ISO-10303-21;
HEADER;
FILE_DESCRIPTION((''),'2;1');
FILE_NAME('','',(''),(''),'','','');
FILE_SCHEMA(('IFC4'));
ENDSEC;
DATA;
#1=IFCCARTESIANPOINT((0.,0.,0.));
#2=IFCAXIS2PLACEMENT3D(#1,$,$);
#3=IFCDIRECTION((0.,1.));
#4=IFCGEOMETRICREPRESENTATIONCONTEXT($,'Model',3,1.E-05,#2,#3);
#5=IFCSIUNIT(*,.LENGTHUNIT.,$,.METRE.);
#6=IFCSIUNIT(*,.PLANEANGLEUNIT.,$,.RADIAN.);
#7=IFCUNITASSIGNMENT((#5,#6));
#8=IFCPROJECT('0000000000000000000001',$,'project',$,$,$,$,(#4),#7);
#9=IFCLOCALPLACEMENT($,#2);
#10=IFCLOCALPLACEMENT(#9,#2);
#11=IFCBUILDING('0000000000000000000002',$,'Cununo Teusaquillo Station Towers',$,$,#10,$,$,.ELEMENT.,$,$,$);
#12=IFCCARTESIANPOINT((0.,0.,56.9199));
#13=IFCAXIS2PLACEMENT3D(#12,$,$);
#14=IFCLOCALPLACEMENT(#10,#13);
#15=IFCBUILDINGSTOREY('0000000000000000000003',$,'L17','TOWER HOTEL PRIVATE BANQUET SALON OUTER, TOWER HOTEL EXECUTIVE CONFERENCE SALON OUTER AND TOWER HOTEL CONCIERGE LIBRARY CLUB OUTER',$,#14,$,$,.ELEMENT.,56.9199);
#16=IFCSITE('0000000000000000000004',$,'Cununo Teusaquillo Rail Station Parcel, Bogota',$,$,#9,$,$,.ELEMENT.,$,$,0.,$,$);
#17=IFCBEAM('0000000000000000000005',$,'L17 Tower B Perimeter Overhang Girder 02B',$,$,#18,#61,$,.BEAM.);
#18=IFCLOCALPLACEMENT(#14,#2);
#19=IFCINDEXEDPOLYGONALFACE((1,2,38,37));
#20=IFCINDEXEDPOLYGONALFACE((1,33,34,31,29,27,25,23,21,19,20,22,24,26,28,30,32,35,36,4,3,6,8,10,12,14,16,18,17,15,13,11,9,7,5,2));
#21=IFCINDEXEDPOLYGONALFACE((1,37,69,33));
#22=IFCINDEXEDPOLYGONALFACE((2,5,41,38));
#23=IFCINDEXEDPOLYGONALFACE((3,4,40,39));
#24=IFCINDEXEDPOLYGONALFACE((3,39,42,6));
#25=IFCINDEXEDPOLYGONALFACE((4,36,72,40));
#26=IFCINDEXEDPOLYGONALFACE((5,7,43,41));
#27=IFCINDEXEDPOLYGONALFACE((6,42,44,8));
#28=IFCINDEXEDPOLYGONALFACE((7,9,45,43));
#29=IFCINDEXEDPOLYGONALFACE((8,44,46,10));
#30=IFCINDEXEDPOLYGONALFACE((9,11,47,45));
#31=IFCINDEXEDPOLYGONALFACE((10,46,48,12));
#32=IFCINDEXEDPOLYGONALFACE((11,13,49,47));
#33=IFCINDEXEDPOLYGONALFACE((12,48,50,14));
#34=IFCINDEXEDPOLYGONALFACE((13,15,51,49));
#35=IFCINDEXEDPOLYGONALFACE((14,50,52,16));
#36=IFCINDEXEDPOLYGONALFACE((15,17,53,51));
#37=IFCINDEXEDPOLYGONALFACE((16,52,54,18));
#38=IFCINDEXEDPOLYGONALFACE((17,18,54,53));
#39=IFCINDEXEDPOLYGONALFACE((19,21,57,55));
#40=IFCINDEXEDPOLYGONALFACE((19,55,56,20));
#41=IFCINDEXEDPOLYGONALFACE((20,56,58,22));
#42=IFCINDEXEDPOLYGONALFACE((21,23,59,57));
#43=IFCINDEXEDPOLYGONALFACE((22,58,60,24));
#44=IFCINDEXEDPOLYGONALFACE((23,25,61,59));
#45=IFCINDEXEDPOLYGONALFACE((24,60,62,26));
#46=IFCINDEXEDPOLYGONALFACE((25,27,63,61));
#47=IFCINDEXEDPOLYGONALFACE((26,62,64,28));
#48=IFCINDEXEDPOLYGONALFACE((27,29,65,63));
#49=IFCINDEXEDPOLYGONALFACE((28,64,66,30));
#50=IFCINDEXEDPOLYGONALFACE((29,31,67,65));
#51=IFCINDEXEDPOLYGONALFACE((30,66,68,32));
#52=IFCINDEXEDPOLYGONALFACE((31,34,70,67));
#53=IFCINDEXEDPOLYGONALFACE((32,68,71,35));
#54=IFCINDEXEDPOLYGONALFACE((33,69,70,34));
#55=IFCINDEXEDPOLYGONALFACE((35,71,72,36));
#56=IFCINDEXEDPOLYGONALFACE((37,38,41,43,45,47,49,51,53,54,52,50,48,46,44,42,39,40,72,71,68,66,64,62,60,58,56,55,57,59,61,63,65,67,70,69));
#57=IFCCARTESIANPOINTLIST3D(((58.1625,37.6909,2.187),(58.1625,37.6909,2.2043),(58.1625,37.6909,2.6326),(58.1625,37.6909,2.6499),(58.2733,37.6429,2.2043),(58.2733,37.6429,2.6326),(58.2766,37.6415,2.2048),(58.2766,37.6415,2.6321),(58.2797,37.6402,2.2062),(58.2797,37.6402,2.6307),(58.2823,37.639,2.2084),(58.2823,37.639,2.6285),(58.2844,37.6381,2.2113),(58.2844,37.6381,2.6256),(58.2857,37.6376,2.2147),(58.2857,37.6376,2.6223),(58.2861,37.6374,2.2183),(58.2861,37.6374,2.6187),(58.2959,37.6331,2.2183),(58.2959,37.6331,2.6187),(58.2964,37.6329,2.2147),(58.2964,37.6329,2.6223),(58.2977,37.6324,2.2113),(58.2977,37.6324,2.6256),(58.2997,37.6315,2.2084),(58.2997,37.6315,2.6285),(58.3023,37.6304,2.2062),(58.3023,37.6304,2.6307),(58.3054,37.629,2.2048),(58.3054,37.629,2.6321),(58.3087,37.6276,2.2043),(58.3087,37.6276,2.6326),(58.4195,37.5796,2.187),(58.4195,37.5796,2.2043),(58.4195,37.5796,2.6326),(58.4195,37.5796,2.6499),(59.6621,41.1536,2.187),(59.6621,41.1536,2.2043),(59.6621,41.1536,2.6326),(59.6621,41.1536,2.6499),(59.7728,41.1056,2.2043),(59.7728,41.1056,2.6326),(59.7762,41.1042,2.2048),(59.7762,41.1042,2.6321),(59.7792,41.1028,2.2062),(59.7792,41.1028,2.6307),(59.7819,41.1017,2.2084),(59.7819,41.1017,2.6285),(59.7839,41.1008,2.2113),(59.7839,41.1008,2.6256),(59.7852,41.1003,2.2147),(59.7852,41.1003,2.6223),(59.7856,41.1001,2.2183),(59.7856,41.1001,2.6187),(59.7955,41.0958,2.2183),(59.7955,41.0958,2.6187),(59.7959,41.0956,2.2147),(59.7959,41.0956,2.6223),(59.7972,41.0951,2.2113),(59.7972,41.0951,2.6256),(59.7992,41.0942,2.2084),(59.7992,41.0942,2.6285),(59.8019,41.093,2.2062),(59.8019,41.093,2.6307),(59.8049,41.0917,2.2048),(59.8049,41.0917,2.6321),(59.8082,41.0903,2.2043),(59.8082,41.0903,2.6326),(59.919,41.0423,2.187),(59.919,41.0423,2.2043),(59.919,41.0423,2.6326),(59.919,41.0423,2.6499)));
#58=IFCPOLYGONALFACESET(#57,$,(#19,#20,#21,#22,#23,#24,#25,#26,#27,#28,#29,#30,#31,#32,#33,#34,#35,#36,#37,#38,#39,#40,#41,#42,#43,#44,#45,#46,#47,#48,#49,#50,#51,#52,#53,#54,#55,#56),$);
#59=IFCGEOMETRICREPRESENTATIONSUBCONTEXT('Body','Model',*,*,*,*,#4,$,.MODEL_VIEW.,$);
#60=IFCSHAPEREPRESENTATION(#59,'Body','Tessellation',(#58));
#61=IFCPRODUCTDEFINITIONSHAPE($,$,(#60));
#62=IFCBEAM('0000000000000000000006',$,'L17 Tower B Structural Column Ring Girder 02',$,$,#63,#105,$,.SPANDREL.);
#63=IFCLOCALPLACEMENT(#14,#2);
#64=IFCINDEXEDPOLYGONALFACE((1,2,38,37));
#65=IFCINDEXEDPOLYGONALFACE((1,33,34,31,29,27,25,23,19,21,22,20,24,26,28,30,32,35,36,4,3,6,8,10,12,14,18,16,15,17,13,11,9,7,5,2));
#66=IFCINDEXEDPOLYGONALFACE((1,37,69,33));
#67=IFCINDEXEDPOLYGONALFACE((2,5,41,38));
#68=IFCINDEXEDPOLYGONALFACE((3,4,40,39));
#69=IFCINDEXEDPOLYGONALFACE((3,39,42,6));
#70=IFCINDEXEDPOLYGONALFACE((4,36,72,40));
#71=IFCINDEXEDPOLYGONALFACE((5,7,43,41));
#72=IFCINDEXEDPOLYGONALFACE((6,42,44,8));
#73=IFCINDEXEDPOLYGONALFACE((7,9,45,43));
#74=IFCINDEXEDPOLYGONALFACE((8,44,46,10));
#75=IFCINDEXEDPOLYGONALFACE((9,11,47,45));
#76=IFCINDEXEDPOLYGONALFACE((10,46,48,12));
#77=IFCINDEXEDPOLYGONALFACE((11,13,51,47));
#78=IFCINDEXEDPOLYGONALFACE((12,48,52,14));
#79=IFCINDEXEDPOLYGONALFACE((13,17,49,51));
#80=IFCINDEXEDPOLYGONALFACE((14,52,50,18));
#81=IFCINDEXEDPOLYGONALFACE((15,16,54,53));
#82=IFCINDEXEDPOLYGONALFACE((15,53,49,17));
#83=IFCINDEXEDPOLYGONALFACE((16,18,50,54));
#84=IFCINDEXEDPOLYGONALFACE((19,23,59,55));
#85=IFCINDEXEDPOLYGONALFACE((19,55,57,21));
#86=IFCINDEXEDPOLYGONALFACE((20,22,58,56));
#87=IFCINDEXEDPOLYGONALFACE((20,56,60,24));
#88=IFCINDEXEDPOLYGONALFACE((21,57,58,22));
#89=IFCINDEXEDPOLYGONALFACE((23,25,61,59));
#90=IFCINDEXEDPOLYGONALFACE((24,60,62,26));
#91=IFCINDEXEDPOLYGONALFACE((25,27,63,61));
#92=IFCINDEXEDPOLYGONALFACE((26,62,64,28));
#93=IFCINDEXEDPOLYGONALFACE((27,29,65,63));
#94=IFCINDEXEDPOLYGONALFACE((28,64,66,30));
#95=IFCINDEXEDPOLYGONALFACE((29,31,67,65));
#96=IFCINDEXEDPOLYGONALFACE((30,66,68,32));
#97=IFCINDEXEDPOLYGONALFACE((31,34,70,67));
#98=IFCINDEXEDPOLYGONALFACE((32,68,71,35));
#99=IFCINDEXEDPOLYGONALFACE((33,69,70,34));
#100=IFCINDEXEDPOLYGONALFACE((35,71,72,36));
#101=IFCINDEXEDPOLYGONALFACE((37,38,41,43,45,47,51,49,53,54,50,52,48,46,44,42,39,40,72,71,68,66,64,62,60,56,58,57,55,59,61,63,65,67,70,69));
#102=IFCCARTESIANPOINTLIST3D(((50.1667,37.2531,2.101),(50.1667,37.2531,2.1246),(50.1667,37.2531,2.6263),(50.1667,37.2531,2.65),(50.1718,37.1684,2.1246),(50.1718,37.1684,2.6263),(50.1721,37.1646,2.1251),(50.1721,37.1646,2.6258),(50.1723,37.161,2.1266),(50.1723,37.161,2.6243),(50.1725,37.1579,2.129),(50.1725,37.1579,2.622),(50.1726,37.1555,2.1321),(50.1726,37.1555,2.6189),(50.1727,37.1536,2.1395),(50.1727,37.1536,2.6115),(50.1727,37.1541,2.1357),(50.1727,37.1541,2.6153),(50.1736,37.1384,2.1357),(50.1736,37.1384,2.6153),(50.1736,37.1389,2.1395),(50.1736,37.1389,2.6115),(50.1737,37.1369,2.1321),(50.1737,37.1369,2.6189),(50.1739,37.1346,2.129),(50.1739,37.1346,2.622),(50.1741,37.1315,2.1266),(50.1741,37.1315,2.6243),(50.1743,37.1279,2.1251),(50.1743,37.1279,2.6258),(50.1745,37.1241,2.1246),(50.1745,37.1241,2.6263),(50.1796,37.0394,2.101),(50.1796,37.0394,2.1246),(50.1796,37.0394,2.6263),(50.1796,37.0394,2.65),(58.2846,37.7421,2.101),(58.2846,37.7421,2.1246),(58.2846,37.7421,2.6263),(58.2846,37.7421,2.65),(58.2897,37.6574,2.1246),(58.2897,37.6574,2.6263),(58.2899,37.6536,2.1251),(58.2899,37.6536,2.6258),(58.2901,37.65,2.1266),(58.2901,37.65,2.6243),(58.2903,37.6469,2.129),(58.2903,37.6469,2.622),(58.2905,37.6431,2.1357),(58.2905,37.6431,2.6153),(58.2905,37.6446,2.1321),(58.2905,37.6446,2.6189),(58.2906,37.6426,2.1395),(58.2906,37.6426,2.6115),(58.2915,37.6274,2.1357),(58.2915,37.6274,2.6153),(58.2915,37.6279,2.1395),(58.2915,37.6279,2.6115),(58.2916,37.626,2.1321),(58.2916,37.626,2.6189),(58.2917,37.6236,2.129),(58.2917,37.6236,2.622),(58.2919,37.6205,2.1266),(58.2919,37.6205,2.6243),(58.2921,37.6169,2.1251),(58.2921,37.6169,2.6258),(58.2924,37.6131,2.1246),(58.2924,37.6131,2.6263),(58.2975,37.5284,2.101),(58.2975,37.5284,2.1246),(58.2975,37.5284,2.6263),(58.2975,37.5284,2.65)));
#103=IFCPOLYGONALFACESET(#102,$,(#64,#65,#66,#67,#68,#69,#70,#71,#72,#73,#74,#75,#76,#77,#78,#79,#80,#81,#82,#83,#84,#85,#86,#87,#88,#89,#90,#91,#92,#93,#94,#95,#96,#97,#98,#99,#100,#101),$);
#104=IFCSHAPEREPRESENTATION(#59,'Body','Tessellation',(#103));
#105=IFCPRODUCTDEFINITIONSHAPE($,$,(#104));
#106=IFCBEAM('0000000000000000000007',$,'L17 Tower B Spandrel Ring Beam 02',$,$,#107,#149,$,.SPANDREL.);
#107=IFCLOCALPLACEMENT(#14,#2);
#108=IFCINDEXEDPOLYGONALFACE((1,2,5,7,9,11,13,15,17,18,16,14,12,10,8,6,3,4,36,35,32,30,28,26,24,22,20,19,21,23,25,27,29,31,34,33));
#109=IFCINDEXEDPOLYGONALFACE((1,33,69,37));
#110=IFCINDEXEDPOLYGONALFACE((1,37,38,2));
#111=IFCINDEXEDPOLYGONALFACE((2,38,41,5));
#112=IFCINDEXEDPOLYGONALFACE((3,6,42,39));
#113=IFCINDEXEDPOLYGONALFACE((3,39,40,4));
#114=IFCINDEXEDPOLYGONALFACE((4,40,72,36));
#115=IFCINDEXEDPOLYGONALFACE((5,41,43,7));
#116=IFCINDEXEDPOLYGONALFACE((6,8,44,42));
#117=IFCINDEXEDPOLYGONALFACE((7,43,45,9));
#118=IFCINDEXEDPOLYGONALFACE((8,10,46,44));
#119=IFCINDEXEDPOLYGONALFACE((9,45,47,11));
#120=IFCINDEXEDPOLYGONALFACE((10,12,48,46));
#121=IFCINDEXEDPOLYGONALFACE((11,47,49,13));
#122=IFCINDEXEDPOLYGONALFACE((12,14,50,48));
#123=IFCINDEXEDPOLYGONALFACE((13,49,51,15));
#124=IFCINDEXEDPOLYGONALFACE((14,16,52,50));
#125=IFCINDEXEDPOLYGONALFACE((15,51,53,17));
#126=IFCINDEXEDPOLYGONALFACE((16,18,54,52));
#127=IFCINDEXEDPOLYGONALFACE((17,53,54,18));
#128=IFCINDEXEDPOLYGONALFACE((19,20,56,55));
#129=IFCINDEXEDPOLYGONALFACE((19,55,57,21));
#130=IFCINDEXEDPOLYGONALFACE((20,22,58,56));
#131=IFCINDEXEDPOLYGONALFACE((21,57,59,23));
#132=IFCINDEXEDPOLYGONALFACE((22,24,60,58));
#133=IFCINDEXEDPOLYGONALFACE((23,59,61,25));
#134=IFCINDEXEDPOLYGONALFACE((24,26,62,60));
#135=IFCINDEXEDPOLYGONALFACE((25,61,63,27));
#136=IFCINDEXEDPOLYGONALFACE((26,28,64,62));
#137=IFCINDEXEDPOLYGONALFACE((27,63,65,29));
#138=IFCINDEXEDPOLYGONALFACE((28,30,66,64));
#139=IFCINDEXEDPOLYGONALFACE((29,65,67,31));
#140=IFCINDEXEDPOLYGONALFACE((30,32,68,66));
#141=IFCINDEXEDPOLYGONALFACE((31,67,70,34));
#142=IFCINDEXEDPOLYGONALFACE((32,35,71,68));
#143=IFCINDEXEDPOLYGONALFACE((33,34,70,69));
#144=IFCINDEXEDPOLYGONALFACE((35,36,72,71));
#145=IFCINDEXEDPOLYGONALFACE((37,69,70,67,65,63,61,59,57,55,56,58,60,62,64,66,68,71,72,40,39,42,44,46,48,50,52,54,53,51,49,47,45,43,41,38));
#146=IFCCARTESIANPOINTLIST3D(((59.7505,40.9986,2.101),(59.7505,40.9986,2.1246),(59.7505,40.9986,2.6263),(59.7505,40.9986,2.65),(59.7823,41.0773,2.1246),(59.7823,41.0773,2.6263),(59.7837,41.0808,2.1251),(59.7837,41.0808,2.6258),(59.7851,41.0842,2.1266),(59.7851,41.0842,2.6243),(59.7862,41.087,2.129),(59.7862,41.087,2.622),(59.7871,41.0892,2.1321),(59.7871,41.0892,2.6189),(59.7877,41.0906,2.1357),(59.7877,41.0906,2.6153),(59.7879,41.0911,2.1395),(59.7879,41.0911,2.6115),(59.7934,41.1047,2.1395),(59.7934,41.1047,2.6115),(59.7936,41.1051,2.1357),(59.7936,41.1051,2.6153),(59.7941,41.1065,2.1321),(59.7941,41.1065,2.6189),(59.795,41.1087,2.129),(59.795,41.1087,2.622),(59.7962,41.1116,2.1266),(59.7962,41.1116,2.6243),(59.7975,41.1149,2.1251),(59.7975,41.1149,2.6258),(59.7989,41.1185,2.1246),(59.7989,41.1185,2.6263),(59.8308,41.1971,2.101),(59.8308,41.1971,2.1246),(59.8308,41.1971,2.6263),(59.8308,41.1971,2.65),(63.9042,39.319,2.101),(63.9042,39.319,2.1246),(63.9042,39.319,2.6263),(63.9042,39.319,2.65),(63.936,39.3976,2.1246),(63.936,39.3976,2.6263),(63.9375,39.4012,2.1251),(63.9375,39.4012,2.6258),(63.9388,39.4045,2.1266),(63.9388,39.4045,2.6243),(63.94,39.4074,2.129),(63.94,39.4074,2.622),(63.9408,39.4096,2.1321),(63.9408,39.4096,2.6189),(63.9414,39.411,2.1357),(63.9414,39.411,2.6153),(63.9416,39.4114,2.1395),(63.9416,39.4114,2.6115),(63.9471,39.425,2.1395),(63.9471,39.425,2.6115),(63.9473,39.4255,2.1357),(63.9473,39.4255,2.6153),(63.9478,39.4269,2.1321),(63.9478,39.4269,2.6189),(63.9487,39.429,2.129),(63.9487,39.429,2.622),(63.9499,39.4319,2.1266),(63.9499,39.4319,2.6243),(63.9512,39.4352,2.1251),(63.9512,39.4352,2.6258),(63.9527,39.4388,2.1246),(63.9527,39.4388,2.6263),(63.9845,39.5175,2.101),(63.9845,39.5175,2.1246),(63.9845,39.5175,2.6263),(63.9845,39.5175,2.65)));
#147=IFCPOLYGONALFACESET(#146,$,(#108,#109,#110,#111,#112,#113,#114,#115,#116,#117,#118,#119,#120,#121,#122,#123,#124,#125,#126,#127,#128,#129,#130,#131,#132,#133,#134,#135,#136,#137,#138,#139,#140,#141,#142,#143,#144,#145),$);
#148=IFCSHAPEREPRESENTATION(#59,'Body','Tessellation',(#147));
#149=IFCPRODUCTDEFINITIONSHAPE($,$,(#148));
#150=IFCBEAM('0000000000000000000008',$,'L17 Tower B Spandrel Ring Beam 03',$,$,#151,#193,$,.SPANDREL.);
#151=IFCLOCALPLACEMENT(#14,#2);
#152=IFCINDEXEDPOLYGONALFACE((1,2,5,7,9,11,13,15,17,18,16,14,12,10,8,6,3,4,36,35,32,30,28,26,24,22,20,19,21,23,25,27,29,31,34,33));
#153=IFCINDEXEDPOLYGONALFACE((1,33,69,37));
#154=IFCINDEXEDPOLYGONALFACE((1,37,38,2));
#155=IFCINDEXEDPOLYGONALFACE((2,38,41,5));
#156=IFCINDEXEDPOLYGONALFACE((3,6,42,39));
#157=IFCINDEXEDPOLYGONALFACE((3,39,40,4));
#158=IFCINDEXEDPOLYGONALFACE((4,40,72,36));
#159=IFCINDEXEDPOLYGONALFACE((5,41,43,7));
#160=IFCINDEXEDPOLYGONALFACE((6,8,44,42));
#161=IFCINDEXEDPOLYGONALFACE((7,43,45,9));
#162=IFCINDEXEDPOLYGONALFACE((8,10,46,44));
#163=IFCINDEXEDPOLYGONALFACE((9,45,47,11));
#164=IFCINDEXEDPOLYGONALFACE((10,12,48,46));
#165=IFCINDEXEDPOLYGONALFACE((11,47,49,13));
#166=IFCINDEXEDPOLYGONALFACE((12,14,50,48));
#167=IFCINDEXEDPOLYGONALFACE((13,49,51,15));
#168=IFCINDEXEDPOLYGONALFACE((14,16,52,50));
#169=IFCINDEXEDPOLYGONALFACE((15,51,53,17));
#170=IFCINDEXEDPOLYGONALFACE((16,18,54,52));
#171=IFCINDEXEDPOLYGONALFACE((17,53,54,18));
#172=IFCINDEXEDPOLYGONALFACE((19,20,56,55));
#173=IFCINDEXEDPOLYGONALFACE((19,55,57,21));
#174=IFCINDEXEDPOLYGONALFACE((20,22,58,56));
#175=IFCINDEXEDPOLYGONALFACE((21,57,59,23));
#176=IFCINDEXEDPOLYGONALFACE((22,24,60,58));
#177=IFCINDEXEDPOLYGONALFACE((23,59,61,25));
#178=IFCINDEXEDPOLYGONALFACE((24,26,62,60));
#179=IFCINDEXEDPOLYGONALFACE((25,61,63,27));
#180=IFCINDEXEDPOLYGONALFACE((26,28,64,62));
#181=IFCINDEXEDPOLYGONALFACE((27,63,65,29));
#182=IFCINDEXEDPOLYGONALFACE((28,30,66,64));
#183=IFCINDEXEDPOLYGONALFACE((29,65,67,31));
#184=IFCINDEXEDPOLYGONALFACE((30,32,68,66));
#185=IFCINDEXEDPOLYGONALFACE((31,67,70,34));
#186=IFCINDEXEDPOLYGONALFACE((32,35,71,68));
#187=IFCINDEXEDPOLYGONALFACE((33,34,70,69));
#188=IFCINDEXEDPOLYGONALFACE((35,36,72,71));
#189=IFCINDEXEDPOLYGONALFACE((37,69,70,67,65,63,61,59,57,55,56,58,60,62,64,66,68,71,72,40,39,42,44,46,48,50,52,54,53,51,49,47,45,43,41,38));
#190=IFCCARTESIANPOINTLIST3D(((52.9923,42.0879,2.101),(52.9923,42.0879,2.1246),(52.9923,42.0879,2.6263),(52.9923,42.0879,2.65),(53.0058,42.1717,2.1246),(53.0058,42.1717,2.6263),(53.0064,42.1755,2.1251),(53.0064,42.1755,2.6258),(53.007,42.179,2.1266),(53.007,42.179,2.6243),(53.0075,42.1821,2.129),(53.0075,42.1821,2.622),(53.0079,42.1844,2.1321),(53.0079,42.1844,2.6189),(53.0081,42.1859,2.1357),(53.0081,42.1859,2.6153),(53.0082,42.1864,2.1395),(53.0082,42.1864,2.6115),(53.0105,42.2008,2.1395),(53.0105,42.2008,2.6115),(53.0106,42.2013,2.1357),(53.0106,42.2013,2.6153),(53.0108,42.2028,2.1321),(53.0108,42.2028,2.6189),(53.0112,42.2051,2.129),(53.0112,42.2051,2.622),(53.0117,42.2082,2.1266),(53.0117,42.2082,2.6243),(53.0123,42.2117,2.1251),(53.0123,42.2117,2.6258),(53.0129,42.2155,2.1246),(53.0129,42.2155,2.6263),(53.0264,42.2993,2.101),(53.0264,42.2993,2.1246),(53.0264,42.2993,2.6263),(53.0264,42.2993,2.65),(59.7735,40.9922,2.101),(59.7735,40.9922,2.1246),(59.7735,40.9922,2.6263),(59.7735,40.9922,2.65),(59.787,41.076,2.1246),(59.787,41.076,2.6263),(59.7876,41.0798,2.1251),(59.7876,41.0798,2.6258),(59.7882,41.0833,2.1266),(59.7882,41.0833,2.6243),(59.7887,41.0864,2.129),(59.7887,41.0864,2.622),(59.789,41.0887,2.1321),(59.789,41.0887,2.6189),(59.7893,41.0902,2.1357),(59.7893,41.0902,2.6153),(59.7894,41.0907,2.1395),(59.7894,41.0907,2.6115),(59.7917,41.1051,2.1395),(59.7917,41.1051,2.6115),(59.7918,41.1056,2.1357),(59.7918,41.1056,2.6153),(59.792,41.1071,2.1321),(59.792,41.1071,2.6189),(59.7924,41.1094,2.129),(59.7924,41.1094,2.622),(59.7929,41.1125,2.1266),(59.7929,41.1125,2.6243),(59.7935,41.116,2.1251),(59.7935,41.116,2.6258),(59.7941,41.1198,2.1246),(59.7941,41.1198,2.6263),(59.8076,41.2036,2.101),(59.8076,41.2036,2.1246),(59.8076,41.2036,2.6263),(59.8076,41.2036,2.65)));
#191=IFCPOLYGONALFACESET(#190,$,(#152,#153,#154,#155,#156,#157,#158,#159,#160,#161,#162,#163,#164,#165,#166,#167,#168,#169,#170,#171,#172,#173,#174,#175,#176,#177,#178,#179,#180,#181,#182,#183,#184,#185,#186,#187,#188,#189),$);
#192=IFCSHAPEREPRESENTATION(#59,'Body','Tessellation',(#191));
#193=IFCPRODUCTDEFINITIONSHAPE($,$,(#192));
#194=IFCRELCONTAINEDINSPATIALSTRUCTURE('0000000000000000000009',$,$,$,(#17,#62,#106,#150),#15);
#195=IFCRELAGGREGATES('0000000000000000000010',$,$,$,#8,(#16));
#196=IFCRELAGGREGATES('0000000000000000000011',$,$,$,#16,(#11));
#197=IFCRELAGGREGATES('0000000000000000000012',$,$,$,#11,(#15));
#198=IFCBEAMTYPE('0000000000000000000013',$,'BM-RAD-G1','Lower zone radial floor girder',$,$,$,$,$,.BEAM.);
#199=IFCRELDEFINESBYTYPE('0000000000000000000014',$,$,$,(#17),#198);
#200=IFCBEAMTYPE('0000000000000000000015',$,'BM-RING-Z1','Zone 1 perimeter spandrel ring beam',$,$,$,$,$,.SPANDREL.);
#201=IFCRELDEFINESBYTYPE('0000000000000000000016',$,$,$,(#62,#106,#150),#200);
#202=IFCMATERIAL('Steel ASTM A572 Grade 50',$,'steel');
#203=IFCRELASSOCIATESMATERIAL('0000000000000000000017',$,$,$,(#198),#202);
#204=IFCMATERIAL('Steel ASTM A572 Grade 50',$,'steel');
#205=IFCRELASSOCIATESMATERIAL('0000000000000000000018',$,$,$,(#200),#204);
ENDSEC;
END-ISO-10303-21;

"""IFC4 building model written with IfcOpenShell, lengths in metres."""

from ifc_helpers import new_model, si_unit, direction, frame, origin, origin_2d, place, context, subcontext, project, spatial, i_section, extrude, material, material_profile, profile_set, type_object, element, save


model = new_model("IFC4")

# Units and contexts
model_context = context("Model", 3, precision=1e-05, world=origin(), true_north=direction((0.0, 1.0)))
body_context = subcontext(model_context, "Body", "Model", "MODEL_VIEW")
ifc_project = project(units=[si_unit("LENGTHUNIT", "METRE"), si_unit("PLANEANGLEUNIT", "RADIAN")], contexts=[model_context])

# Site, building, storey
site_placement = place(None, origin())
site = spatial("IfcSite", under=ifc_project, at=site_placement, Name="Cununo Teusaquillo Rail Station Parcel, Bogota", CompositionType="ELEMENT", RefElevation=0.0)
building_placement = place(site_placement, origin())
building = spatial("IfcBuilding", under=site, at=building_placement, Name="Cununo Teusaquillo Station Towers", CompositionType="ELEMENT")
storey_placement = place(building_placement, frame((0.0, 0.0, 56.9199)))
storey = spatial("IfcBuildingStorey", under=building, at=storey_placement, Name="L17", Description="TOWER HOTEL PRIVATE BANQUET SALON OUTER, TOWER HOTEL EXECUTIVE CONFERENCE SALON OUTER AND TOWER HOTEL CONCIERGE LIBRARY CLUB OUTER", CompositionType="ELEMENT", Elevation=56.9199)

# Beams
ifc_material_1 = material(Name="Steel ASTM A572 Grade 50", Category="steel")
ifc_material_profile_1 = material_profile(ifc_material_1, i_section(OverallWidth=0.28, OverallDepth=0.4629, WebThickness=0.0107, FlangeThickness=0.0173, FilletRadius=0.0139, at=origin_2d()), Name="W18X76")
ifc_profile_set_1 = profile_set([ifc_material_profile_1], Name="Steel ASTM A572 Grade 50")
beam_type_1 = type_object("IfcBeamType", Name="BM-RAD-G1", Description="Lower zone radial floor girder", PredefinedType="BEAM", material=ifc_profile_set_1)
beam_1_placement = place(storey_placement, frame((58.291, 37.6353, 2.4185), z_axis=(0.397391, 0.917649, 0.0), x_axis=(-0.917649, 0.397391, 0.0)))
element("IfcBeam", 1, at=beam_1_placement, inside=storey, type_object=beam_type_1, Name="L17 Tower B Perimeter Overhang Girder 02B", PredefinedType="BEAM", context=body_context, shape_type="SweptSolid", body=[
    extrude(i_section(OverallWidth=0.28, OverallDepth=0.4629, WebThickness=0.0107, FlangeThickness=0.0173, FilletRadius=0.0139, at=origin_2d()), origin(), (0.0, 0.0, 1.0), 3.7734),
])
ifc_material_2 = material(Name="Steel ASTM A572 Grade 50", Category="steel")
ifc_material_profile_2 = material_profile(ifc_material_2, i_section(OverallWidth=0.2141, OverallDepth=0.5491, WebThickness=0.0146, FlangeThickness=0.0237, FilletRadius=0.0149, at=origin_2d()), Name="W21X93")
ifc_profile_set_2 = profile_set([ifc_material_profile_2], Name="Steel ASTM A572 Grade 50")
beam_type_2 = type_object("IfcBeamType", Name="BM-RING-Z1", Description="Zone 1 perimeter spandrel ring beam", PredefinedType="SPANDREL", material=ifc_profile_set_2)
beam_2_placement = place(storey_placement, frame((58.291, 37.6353, 2.3755), z_axis=(-0.998191, -0.06013, 0.0), x_axis=(0.06013, -0.998191, 0.0)))
element("IfcBeam", 2, at=beam_2_placement, inside=storey, type_object=beam_type_2, Name="L17 Tower B Structural Column Ring Girder 02", PredefinedType="SPANDREL", context=body_context, shape_type="SweptSolid", body=[
    extrude(i_section(OverallWidth=0.2141, OverallDepth=0.5491, WebThickness=0.0146, FlangeThickness=0.0237, FilletRadius=0.0149, at=origin_2d()), origin(), (0.0, 0.0, 1.0), 8.1326),
])
beam_3_placement = place(storey_placement, frame((63.9443, 39.4182, 2.3755), z_axis=(-0.927072, 0.374883, 0.0), x_axis=(-0.374883, -0.927072, 0.0)))
element("IfcBeam", 3, at=beam_3_placement, inside=storey, type_object=beam_type_2, Name="L17 Tower B Spandrel Ring Beam 02", PredefinedType="SPANDREL", context=body_context, shape_type="SweptSolid", body=[
    extrude(i_section(OverallWidth=0.2141, OverallDepth=0.5491, WebThickness=0.0146, FlangeThickness=0.0237, FilletRadius=0.0149, at=origin_2d()), origin(), (0.0, 0.0, 1.0), 4.4805),
])
beam_4_placement = place(storey_placement, frame((59.7905, 41.0979, 2.3755), z_axis=(-0.987196, 0.15951, 0.0), x_axis=(-0.15951, -0.987196, 0.0)))
element("IfcBeam", 4, at=beam_4_placement, inside=storey, type_object=beam_type_2, Name="L17 Tower B Spandrel Ring Beam 03", PredefinedType="SPANDREL", context=body_context, shape_type="SweptSolid", body=[
    extrude(i_section(OverallWidth=0.2141, OverallDepth=0.5491, WebThickness=0.0146, FlangeThickness=0.0237, FilletRadius=0.0149, at=origin_2d()), origin(), (0.0, 0.0, 1.0), 6.8691),
])

save(model, "model.ifc")
